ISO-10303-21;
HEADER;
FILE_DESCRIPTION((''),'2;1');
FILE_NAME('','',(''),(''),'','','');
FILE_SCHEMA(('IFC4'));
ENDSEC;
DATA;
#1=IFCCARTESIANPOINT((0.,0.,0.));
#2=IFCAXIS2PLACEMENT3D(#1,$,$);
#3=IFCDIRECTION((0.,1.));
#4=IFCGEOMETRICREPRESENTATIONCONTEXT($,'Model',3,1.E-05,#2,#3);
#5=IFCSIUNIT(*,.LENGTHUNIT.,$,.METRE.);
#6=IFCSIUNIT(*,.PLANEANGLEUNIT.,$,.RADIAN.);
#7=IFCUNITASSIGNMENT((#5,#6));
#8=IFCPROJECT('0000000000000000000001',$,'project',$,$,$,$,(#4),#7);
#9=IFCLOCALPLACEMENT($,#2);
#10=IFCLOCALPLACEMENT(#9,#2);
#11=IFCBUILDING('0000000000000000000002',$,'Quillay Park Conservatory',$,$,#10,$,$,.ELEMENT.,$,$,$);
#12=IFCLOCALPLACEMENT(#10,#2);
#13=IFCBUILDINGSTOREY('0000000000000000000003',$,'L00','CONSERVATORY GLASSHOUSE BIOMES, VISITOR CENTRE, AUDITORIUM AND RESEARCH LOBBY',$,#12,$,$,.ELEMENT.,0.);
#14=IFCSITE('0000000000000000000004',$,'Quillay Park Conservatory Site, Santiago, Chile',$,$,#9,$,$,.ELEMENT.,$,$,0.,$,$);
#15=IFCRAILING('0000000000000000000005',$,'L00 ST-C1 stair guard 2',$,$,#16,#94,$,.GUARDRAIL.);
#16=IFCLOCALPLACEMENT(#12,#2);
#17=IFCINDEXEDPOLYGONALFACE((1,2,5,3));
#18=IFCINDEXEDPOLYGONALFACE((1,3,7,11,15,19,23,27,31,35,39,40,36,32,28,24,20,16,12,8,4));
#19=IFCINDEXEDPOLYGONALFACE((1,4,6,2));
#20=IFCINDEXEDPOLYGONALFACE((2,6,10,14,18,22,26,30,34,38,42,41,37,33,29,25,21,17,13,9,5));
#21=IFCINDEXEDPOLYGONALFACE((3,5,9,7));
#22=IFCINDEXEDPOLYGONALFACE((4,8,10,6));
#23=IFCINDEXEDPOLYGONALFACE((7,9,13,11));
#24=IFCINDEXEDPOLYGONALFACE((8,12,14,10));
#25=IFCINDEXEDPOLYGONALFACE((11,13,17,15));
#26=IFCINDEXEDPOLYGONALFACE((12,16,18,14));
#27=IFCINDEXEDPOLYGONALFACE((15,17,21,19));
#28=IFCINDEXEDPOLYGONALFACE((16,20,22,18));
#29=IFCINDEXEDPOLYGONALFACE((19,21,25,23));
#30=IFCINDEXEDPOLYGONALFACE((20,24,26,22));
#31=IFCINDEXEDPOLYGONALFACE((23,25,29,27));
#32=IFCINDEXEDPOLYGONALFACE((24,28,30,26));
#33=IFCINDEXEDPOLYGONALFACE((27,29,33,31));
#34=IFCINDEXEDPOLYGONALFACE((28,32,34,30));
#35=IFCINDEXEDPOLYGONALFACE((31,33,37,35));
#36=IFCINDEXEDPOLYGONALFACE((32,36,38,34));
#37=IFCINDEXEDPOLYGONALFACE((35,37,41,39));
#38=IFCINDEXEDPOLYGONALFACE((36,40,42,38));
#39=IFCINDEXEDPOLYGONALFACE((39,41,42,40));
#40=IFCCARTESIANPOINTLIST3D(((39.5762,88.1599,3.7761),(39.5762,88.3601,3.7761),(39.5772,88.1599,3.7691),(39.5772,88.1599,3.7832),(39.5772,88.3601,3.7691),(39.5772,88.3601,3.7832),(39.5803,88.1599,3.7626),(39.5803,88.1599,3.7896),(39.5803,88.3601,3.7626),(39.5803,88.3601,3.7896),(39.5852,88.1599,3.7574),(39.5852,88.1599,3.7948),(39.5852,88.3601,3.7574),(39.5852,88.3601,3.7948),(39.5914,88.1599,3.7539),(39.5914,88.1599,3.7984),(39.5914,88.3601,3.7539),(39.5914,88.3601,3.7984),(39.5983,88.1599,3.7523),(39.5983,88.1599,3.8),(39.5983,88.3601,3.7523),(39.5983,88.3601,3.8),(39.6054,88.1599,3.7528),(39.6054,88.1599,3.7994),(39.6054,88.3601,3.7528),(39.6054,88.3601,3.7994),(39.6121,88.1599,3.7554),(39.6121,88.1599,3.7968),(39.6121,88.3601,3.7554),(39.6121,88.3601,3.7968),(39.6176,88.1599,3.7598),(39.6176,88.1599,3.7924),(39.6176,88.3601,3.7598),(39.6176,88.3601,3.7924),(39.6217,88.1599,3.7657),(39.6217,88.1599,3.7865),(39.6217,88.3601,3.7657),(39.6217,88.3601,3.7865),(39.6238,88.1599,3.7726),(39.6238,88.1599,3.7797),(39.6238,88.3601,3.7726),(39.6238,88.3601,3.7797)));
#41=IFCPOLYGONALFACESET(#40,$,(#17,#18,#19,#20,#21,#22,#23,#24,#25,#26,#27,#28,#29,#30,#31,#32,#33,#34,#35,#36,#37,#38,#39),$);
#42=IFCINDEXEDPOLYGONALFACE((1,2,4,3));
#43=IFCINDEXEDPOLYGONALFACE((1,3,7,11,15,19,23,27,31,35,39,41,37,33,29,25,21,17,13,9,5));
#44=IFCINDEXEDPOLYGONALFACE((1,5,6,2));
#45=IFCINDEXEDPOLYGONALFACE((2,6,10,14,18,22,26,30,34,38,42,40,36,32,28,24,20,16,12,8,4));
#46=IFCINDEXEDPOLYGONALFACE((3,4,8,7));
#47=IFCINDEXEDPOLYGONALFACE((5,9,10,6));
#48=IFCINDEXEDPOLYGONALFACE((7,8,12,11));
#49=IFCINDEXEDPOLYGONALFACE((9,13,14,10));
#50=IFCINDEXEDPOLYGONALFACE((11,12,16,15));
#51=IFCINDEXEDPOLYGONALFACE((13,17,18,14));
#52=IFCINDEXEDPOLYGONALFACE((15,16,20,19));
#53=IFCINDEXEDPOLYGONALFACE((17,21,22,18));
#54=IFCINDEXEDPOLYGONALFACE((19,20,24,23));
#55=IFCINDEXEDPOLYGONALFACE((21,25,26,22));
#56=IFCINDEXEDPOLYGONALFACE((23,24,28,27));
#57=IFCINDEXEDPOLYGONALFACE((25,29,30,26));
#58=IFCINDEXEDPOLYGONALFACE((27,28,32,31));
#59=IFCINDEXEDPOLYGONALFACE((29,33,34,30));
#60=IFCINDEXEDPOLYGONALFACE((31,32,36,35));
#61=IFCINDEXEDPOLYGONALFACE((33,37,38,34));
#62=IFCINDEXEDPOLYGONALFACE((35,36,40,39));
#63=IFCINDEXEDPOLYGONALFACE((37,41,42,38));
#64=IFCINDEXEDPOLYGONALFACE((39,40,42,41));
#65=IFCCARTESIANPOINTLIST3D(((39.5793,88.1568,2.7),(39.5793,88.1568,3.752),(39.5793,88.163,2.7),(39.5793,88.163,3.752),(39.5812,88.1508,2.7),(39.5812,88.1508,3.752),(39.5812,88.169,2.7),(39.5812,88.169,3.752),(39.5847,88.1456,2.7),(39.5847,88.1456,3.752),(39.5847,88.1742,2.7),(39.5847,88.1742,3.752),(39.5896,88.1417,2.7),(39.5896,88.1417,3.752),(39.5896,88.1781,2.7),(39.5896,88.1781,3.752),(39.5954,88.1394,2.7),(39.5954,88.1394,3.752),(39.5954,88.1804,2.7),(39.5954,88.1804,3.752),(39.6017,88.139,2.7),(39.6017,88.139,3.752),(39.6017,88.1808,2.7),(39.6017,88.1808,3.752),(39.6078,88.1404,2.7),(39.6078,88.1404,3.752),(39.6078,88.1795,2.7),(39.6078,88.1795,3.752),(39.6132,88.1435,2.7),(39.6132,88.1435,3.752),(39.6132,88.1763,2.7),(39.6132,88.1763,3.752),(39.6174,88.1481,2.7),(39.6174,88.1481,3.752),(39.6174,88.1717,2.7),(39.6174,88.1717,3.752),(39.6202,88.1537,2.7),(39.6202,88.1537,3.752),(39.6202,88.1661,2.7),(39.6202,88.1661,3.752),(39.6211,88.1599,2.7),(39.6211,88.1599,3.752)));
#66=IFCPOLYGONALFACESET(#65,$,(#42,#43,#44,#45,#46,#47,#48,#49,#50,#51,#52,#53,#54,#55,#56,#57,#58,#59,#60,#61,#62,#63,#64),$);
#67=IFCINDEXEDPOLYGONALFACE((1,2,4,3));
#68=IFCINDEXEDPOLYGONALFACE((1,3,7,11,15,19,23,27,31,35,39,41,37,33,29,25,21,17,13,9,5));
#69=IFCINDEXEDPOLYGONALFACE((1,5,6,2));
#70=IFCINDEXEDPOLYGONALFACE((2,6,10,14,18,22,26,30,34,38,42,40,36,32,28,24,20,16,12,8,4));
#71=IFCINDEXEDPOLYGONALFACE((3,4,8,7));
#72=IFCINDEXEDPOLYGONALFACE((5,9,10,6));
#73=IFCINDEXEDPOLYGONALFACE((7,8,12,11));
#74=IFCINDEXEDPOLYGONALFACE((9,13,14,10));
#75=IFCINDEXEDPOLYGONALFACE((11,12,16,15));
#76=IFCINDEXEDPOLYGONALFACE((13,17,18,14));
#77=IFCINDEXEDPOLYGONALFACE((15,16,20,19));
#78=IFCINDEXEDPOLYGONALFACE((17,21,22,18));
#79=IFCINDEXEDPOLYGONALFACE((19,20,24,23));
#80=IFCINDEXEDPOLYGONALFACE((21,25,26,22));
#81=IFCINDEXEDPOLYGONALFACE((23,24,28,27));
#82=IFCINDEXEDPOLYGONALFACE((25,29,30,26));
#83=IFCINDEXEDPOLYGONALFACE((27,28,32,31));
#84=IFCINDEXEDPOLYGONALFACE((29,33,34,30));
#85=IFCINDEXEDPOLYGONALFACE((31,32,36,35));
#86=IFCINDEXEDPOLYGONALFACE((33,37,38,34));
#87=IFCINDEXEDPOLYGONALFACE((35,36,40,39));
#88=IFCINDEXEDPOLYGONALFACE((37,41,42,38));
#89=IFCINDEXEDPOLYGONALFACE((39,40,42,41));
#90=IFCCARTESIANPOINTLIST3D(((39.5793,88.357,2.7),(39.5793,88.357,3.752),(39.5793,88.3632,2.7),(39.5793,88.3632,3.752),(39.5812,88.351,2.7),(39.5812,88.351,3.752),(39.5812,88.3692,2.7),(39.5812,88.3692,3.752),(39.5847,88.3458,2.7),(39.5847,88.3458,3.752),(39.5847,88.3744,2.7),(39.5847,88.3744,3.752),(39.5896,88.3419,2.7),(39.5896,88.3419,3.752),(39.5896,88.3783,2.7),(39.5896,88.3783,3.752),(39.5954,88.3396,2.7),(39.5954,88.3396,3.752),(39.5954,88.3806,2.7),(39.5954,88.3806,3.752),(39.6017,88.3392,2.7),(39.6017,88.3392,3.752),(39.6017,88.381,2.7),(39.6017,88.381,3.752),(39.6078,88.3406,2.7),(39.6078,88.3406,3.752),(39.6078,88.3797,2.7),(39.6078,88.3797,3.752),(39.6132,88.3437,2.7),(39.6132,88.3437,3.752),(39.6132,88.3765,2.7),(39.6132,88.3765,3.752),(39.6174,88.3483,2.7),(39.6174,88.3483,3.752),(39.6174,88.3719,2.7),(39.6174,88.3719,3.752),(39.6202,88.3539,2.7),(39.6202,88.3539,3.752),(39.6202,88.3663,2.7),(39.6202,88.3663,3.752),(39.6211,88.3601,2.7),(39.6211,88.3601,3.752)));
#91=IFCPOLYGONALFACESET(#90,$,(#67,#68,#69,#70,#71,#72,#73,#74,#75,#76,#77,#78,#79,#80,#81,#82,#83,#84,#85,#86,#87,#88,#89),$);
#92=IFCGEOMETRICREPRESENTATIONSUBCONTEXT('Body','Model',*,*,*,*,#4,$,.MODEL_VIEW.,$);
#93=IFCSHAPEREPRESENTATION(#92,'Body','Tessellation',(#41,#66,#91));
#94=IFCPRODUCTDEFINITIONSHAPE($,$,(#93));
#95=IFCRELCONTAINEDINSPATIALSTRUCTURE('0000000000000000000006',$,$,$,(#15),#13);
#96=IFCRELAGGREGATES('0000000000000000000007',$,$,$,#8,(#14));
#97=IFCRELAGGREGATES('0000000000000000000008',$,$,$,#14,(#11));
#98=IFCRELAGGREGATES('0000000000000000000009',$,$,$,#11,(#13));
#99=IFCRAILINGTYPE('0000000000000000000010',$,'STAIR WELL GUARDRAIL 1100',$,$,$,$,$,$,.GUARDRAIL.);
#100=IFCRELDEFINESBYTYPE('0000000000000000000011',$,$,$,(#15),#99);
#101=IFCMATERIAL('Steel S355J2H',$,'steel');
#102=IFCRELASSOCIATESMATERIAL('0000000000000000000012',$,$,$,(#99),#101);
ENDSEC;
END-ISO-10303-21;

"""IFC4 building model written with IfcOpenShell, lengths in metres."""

from ifc_helpers import new_model, si_unit, direction, frame, origin, origin_2d, place, context, subcontext, project, spatial, circle, extrude, material, type_object, element, save


model = new_model("IFC4")

# Units and contexts
model_context = context("Model", 3, precision=1e-05, world=origin(), true_north=direction((0.0, 1.0)))
body_context = subcontext(model_context, "Body", "Model", "MODEL_VIEW")
ifc_project = project(units=[si_unit("LENGTHUNIT", "METRE"), si_unit("PLANEANGLEUNIT", "RADIAN")], contexts=[model_context])

# Site, building, storey
site_placement = place(None, origin())
site = spatial("IfcSite", under=ifc_project, at=site_placement, Name="Quillay Park Conservatory Site, Santiago, Chile", CompositionType="ELEMENT", RefElevation=0.0)
building_placement = place(site_placement, origin())
building = spatial("IfcBuilding", under=site, at=building_placement, Name="Quillay Park Conservatory", CompositionType="ELEMENT")
storey_placement = place(building_placement, origin())
storey = spatial("IfcBuildingStorey", under=building, at=storey_placement, Name="L00", Description="CONSERVATORY GLASSHOUSE BIOMES, VISITOR CENTRE, AUDITORIUM AND RESEARCH LOBBY", CompositionType="ELEMENT", Elevation=0.0)

# Railing
ifc_material_1 = material(Name="Steel S355J2H", Category="steel")
railing_type_1 = type_object("IfcRailingType", Name="STAIR WELL GUARDRAIL 1100", PredefinedType="GUARDRAIL", material=ifc_material_1)
railing_1_placement = place(storey_placement, frame((39.6001, 88.1599, 2.7)))
element("IfcRailing", 1, at=railing_1_placement, inside=storey, type_object=railing_type_1, Name="L00 ST-C1 stair guard 2", PredefinedType="GUARDRAIL", context=body_context, shape_type="SweptSolid", body=[
    extrude(circle(Radius=0.0239, at=origin_2d()), frame((0.0, 0.0, 1.0762), z_axis=(0.0, 1.0, 0.0), x_axis=(-1.0, 0.0, 0.0)), (0.0, 0.0, 1.0), 0.2002),
    extrude(circle(Radius=0.021, at=origin_2d()), origin(), (0.0, 0.0, 1.0), 1.052),
    extrude(circle(Radius=0.021, at=origin_2d()), frame((0.0, 0.2002, 0.0)), (0.0, 0.0, 1.0), 1.052),
])

save(model, "model.ifc")
